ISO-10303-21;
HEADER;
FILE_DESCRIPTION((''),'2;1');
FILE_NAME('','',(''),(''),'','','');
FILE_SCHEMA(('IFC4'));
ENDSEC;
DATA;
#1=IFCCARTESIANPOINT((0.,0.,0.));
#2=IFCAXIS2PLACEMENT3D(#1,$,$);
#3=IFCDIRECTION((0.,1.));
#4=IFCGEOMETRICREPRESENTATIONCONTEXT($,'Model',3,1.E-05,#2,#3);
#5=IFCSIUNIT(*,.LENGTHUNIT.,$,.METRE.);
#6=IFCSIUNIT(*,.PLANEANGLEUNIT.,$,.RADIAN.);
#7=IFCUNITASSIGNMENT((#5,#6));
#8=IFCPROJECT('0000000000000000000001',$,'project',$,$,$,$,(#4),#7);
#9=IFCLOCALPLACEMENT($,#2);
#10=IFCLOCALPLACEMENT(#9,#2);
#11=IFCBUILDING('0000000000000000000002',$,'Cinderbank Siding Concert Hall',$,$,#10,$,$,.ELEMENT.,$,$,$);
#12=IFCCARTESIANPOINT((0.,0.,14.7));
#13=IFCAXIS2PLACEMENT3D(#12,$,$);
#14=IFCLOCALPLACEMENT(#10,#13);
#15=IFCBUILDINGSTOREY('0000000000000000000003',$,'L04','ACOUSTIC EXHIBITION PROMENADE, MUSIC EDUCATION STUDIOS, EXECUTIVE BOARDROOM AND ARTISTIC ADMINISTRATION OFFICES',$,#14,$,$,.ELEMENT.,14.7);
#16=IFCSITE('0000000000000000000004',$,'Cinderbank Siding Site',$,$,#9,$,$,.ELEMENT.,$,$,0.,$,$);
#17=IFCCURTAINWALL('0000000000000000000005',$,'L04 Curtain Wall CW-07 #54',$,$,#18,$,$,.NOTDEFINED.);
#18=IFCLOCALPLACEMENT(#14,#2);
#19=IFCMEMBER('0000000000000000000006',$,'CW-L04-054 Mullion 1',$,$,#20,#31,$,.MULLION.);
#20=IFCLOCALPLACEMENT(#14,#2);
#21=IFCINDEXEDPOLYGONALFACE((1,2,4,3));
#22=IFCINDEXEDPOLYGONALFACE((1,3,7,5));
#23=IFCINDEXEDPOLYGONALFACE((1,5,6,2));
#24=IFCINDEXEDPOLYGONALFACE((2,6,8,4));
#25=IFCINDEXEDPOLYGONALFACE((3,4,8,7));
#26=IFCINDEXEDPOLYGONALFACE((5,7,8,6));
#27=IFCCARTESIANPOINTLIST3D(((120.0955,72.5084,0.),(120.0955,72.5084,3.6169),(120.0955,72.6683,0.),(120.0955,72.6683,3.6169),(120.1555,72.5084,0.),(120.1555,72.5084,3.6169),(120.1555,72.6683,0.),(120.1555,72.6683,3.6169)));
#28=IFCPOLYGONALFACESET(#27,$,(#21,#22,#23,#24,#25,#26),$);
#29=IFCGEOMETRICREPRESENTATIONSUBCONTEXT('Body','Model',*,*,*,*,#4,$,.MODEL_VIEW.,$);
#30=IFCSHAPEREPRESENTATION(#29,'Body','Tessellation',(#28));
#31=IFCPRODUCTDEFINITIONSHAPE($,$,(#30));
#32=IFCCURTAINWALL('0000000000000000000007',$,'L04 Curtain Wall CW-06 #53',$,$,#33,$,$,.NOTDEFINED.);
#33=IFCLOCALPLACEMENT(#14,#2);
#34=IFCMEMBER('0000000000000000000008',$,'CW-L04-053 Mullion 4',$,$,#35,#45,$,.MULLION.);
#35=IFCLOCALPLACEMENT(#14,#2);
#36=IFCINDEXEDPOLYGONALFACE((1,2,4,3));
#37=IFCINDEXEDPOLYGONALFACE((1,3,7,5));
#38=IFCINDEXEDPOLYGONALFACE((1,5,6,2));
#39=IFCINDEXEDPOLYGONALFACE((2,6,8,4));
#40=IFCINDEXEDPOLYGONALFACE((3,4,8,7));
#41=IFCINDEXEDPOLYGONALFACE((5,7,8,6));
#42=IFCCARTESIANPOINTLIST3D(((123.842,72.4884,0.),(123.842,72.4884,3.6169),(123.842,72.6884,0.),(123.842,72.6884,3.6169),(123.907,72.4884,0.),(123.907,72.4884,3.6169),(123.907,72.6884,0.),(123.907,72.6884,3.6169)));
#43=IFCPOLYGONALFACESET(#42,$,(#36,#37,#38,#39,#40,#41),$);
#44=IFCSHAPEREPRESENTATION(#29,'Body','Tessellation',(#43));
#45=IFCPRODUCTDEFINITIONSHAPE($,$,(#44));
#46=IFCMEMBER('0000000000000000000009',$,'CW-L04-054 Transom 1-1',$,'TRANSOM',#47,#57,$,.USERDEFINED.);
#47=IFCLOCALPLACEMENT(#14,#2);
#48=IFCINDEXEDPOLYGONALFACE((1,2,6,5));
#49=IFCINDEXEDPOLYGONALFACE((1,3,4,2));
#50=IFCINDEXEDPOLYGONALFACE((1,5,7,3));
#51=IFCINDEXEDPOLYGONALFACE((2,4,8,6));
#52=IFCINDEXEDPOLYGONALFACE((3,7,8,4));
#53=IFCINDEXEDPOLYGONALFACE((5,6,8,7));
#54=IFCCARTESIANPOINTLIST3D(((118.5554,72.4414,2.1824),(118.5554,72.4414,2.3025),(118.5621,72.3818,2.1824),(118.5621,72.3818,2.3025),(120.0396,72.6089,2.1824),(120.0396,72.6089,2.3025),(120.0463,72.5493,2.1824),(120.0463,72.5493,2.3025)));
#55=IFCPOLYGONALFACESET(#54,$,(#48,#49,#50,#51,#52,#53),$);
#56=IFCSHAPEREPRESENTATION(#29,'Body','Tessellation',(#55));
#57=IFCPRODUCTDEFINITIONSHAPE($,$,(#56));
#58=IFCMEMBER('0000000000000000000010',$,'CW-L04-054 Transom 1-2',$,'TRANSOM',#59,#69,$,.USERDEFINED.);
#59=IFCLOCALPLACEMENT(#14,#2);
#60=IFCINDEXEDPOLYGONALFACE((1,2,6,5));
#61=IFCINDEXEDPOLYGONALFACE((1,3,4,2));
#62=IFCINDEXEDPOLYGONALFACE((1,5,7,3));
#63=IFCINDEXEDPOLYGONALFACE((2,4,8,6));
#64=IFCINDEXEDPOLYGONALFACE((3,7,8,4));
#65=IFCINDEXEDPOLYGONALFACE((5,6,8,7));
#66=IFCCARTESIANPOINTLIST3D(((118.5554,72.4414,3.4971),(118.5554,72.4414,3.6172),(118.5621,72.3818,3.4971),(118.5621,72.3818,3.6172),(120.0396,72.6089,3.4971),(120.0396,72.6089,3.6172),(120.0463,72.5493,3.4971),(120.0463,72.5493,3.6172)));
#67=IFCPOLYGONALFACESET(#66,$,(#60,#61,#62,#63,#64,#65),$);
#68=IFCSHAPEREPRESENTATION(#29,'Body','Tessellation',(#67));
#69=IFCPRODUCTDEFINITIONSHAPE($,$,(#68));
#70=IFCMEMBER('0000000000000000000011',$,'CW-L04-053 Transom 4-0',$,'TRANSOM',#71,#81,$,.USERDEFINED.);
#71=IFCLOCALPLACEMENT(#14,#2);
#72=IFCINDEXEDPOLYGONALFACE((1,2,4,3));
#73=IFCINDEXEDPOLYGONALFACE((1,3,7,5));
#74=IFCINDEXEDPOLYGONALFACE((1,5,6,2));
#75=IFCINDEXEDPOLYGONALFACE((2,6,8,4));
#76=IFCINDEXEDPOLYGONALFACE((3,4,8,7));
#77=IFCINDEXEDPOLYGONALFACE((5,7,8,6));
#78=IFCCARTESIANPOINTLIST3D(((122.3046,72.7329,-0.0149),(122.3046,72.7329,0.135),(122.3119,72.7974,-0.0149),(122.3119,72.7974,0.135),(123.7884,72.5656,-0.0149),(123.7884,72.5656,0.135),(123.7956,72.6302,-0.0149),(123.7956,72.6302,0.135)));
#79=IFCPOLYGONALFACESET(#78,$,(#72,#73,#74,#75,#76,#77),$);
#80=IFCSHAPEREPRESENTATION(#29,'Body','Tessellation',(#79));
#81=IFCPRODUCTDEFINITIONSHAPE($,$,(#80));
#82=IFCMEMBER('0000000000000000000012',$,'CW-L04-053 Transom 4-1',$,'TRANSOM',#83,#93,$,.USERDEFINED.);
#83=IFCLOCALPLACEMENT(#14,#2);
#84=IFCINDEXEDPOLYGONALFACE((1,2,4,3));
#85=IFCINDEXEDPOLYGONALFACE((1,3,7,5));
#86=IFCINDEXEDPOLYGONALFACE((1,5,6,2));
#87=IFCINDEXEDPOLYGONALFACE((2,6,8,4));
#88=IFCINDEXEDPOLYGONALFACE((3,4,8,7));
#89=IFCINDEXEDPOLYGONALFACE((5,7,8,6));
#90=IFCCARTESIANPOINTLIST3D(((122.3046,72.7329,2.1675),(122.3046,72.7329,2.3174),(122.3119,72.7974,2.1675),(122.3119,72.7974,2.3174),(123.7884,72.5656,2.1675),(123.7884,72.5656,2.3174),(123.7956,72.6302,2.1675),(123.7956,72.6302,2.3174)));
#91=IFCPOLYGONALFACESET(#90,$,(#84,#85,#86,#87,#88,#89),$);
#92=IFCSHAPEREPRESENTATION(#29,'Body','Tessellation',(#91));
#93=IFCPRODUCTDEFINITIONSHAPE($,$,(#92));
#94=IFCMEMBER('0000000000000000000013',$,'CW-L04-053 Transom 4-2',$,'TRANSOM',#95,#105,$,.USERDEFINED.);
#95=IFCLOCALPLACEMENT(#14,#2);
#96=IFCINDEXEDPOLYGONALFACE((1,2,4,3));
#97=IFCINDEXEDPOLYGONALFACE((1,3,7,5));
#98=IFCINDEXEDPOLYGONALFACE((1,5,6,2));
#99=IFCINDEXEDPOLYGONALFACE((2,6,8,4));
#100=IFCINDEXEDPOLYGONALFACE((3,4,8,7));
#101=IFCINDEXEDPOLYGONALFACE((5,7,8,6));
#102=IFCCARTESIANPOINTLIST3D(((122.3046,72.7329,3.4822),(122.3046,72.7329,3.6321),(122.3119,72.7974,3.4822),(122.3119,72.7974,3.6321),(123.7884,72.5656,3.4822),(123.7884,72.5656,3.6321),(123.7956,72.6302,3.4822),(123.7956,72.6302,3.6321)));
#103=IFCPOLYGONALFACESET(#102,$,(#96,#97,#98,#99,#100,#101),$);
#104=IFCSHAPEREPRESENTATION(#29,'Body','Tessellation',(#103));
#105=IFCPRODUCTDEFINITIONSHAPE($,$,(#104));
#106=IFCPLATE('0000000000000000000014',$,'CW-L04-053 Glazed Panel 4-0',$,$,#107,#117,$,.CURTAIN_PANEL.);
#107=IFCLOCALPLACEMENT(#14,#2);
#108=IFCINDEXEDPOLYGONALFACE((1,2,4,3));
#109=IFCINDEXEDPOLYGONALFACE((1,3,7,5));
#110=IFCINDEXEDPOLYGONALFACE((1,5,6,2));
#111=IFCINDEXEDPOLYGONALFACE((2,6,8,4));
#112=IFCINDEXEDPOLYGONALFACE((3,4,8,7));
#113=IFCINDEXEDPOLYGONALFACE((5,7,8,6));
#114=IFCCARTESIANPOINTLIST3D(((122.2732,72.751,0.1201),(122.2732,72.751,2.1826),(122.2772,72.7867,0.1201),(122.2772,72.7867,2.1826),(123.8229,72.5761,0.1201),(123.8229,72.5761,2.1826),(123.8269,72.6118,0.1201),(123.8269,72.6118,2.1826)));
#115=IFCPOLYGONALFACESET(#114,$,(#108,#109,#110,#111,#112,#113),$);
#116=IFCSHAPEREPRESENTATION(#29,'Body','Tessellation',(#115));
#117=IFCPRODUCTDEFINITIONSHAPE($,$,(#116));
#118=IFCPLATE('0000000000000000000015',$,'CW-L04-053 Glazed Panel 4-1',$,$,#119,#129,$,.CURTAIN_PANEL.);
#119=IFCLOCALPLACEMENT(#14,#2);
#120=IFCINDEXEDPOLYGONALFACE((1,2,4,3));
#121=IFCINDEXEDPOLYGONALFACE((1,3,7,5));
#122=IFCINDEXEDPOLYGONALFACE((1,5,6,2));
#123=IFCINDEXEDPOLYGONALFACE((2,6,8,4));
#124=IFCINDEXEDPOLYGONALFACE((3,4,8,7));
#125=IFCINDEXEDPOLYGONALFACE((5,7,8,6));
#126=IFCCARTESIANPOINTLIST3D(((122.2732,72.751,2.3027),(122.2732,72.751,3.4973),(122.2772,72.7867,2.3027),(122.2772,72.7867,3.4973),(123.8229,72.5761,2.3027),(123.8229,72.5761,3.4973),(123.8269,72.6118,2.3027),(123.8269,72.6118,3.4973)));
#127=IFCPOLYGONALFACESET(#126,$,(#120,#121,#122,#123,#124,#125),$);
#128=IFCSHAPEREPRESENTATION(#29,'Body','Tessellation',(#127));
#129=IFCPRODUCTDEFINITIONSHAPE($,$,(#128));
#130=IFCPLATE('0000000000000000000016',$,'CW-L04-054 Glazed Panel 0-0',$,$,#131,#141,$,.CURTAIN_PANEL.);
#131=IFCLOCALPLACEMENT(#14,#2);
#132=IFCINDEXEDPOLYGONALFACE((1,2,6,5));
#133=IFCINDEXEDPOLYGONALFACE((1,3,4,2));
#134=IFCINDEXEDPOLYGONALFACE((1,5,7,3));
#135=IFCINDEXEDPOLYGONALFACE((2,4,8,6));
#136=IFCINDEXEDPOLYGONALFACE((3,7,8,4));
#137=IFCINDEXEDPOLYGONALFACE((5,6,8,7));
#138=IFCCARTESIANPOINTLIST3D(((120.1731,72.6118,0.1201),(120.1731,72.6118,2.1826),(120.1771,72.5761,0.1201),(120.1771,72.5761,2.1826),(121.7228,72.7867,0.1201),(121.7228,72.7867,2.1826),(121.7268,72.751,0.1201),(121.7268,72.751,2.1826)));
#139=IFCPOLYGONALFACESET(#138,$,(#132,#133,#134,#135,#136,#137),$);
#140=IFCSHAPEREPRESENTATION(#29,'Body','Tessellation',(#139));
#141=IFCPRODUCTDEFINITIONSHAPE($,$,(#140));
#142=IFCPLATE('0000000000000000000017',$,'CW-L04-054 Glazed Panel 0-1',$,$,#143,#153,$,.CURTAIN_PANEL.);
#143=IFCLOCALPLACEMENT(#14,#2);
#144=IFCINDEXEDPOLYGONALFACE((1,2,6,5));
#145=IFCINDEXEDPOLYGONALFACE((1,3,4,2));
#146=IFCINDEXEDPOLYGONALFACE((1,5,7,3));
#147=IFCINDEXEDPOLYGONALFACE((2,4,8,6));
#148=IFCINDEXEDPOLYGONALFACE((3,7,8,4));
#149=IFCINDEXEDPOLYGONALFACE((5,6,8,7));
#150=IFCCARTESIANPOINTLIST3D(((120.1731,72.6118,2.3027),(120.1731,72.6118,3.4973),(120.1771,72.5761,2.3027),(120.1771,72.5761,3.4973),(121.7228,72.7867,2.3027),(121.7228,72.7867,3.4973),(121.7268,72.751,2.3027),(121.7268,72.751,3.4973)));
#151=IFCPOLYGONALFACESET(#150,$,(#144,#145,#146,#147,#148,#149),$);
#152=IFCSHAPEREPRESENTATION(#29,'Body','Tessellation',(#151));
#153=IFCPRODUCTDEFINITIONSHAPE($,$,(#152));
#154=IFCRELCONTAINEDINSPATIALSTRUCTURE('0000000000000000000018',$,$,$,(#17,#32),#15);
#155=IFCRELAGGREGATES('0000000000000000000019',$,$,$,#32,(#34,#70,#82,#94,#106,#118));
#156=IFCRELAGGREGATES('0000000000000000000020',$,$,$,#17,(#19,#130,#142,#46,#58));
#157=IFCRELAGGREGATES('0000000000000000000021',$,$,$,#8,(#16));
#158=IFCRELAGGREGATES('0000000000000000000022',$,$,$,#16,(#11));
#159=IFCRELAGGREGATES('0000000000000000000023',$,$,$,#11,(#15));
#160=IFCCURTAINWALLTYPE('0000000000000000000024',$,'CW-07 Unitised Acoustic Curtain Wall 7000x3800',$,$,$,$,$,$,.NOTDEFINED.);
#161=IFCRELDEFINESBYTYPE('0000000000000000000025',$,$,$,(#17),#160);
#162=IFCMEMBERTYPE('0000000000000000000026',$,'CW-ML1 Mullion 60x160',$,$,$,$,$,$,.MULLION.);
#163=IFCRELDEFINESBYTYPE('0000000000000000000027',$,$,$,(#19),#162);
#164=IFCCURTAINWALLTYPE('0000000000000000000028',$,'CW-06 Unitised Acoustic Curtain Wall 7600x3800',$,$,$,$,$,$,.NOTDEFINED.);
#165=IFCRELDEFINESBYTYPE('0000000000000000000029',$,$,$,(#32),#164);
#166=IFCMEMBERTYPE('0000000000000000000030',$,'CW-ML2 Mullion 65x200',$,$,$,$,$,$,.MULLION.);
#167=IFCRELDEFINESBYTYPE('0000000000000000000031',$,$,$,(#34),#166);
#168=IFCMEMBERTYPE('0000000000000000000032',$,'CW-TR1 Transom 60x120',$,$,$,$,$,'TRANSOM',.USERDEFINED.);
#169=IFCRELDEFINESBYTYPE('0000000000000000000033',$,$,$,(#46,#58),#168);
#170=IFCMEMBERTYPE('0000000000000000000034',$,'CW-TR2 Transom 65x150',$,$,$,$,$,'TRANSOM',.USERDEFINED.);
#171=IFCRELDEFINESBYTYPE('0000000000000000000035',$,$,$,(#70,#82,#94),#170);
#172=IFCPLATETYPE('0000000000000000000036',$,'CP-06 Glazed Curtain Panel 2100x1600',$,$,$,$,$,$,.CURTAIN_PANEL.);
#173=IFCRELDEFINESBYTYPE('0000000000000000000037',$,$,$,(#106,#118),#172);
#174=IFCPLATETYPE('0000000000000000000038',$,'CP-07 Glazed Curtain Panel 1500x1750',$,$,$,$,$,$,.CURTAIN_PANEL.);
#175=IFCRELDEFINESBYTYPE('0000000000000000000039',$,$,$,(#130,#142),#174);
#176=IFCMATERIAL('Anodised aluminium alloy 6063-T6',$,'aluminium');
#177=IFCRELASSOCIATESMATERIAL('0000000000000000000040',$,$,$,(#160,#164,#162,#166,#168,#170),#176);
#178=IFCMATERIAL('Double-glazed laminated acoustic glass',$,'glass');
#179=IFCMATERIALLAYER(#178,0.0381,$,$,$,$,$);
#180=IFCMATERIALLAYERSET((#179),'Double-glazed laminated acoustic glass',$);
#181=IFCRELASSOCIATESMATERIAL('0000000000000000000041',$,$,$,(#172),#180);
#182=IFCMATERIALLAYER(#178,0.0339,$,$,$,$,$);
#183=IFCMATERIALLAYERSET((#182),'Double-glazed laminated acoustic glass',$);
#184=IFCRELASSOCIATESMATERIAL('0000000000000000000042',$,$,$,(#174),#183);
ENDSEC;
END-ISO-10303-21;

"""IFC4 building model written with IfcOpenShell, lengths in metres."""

from ifc_helpers import new_model, si_unit, direction, frame, origin, origin_2d, place, context, subcontext, project, spatial, rectangle, extrude, material, layer, layer_set, material_profile, profile_set, type_object, element, aggregate, save


model = new_model("IFC4")

# Units and contexts
model_context = context("Model", 3, precision=1e-05, world=origin(), true_north=direction((0.0, 1.0)))
body_context = subcontext(model_context, "Body", "Model", "MODEL_VIEW")
ifc_project = project(units=[si_unit("LENGTHUNIT", "METRE"), si_unit("PLANEANGLEUNIT", "RADIAN")], contexts=[model_context])

# Site, building, storey
site_placement = place(None, origin())
site = spatial("IfcSite", under=ifc_project, at=site_placement, Name="Cinderbank Siding Site", CompositionType="ELEMENT", RefElevation=0.0)
building_placement = place(site_placement, origin())
building = spatial("IfcBuilding", under=site, at=building_placement, Name="Cinderbank Siding Concert Hall", CompositionType="ELEMENT")
storey_placement = place(building_placement, frame((0.0, 0.0, 14.7)))
storey = spatial("IfcBuildingStorey", under=building, at=storey_placement, Name="L04", Description="ACOUSTIC EXHIBITION PROMENADE, MUSIC EDUCATION STUDIOS, EXECUTIVE BOARDROOM AND ARTISTIC ADMINISTRATION OFFICES", CompositionType="ELEMENT", Elevation=14.7)

# Curtain walls, members
ifc_material_1 = material(Name="Anodised aluminium alloy 6063-T6", Category="aluminium")
curtain_wall_type_1 = type_object("IfcCurtainWallType", Name="CW-07 Unitised Acoustic Curtain Wall 7000x3800", PredefinedType="NOTDEFINED", material=ifc_material_1)
curtain_wall_1_placement = place(storey_placement, origin())
curtain_wall_1 = element("IfcCurtainWall", 1, at=curtain_wall_1_placement, inside=storey, type_object=curtain_wall_type_1, Name="L04 Curtain Wall CW-07 #54", PredefinedType="NOTDEFINED")
ifc_material_profile_1 = material_profile(ifc_material_1, rectangle(XDim=0.0601, YDim=0.1599, at=origin_2d()), Name="ALU-MULL-60x160", Category="LoadBearing")
ifc_profile_set_1 = profile_set([ifc_material_profile_1], Name="Anodised aluminium alloy 6063-T6")
member_type_1 = type_object("IfcMemberType", Name="CW-ML1 Mullion 60x160", PredefinedType="MULLION", material=ifc_profile_set_1)
member_1_placement = place(storey_placement, frame((120.1255, 72.5884, 0.0), z_axis=(0.0, 0.0, 1.0), x_axis=(1.0, 0.0, 0.0)))
member_1 = element("IfcMember", 2, at=member_1_placement, type_object=member_type_1, Name="CW-L04-054 Mullion 1", PredefinedType="MULLION", context=body_context, shape_type="SweptSolid", body=[
    extrude(rectangle(XDim=0.0601, YDim=0.1599, at=origin_2d()), origin(), (0.0, 0.0, 1.0), 3.6169),
])
curtain_wall_type_2 = type_object("IfcCurtainWallType", Name="CW-06 Unitised Acoustic Curtain Wall 7600x3800", PredefinedType="NOTDEFINED", material=ifc_material_1)
curtain_wall_2_placement = place(storey_placement, origin())
curtain_wall_2 = element("IfcCurtainWall", 3, at=curtain_wall_2_placement, inside=storey, type_object=curtain_wall_type_2, Name="L04 Curtain Wall CW-06 #53", PredefinedType="NOTDEFINED")
ifc_material_profile_2 = material_profile(ifc_material_1, rectangle(XDim=0.0649, YDim=0.2, at=origin_2d()), Name="ALU-MULL-65x200", Category="LoadBearing")
ifc_profile_set_2 = profile_set([ifc_material_profile_2], Name="Anodised aluminium alloy 6063-T6")
member_type_2 = type_object("IfcMemberType", Name="CW-ML2 Mullion 65x200", PredefinedType="MULLION", material=ifc_profile_set_2)
member_2_placement = place(storey_placement, frame((123.8745, 72.5884, 0.0), z_axis=(0.0, 0.0, 1.0), x_axis=(1.0, 0.0, 0.0)))
member_2 = element("IfcMember", 4, at=member_2_placement, type_object=member_type_2, Name="CW-L04-053 Mullion 4", PredefinedType="MULLION", context=body_context, shape_type="SweptSolid", body=[
    extrude(rectangle(XDim=0.0649, YDim=0.2, at=origin_2d()), origin(), (0.0, 0.0, 1.0), 3.6169),
])

# Members
ifc_material_profile_3 = material_profile(ifc_material_1, rectangle(XDim=0.0601, YDim=0.1201, at=origin_2d()), Name="ALU-TRAN-60x120", Category="LoadBearing")
ifc_profile_set_3 = profile_set([ifc_material_profile_3], Name="Anodised aluminium alloy 6063-T6")
member_type_3 = type_object("IfcMemberType", Name="CW-TR1 Transom 60x120", ElementType="TRANSOM", PredefinedType="USERDEFINED", material=ifc_profile_set_3)
member_3_placement = place(storey_placement, frame((120.043, 72.5791, 2.2424), z_axis=(-0.993693, -0.112136, 0.0), x_axis=(0.112136, -0.993693, 0.0)))
member_3 = element("IfcMember", 5, at=member_3_placement, type_object=member_type_3, Name="CW-L04-054 Transom 1-1", ObjectType="TRANSOM", PredefinedType="USERDEFINED", context=body_context, shape_type="SweptSolid", body=[
    extrude(rectangle(XDim=0.0601, YDim=0.1201, at=origin_2d()), origin(), (0.0, 0.0, 1.0), 1.4937),
])
member_4_placement = place(storey_placement, frame((120.043, 72.5791, 3.5571), z_axis=(-0.993693, -0.112136, 0.0), x_axis=(0.112136, -0.993693, 0.0)))
member_4 = element("IfcMember", 6, at=member_4_placement, type_object=member_type_3, Name="CW-L04-054 Transom 1-2", ObjectType="TRANSOM", PredefinedType="USERDEFINED", context=body_context, shape_type="SweptSolid", body=[
    extrude(rectangle(XDim=0.0601, YDim=0.1201, at=origin_2d()), origin(), (0.0, 0.0, 1.0), 1.4937),
])
ifc_material_profile_4 = material_profile(ifc_material_1, rectangle(XDim=0.0649, YDim=0.1499, at=origin_2d()), Name="ALU-TRAN-65x150", Category="LoadBearing")
ifc_profile_set_4 = profile_set([ifc_material_profile_4], Name="Anodised aluminium alloy 6063-T6")
member_type_4 = type_object("IfcMemberType", Name="CW-TR2 Transom 65x150", ElementType="TRANSOM", PredefinedType="USERDEFINED", material=ifc_profile_set_4)
member_5_placement = place(storey_placement, frame((123.792, 72.5979, 0.0601), z_axis=(-0.993709, 0.111993, 0.0), x_axis=(-0.111993, -0.993709, 0.0)))
member_5 = element("IfcMember", 7, at=member_5_placement, type_object=member_type_4, Name="CW-L04-053 Transom 4-0", ObjectType="TRANSOM", PredefinedType="USERDEFINED", context=body_context, shape_type="SweptSolid", body=[
    extrude(rectangle(XDim=0.0649, YDim=0.1499, at=origin_2d()), origin(), (0.0, 0.0, 1.0), 1.4932),
])
member_6_placement = place(storey_placement, frame((123.792, 72.5979, 2.2424), z_axis=(-0.993709, 0.111993, 0.0), x_axis=(-0.111993, -0.993709, 0.0)))
member_6 = element("IfcMember", 8, at=member_6_placement, type_object=member_type_4, Name="CW-L04-053 Transom 4-1", ObjectType="TRANSOM", PredefinedType="USERDEFINED", context=body_context, shape_type="SweptSolid", body=[
    extrude(rectangle(XDim=0.0649, YDim=0.1499, at=origin_2d()), origin(), (0.0, 0.0, 1.0), 1.4932),
])
member_7_placement = place(storey_placement, frame((123.792, 72.5979, 3.5571), z_axis=(-0.993709, 0.111993, 0.0), x_axis=(-0.111993, -0.993709, 0.0)))
member_7 = element("IfcMember", 9, at=member_7_placement, type_object=member_type_4, Name="CW-L04-053 Transom 4-2", ObjectType="TRANSOM", PredefinedType="USERDEFINED", context=body_context, shape_type="SweptSolid", body=[
    extrude(rectangle(XDim=0.0649, YDim=0.1499, at=origin_2d()), origin(), (0.0, 0.0, 1.0), 1.4932),
])

# Plates
ifc_material_2 = material(Name="Double-glazed laminated acoustic glass", Category="glass")
ifc_layer_1 = layer(ifc_material_2, 0.0381)
ifc_layer_set_1 = layer_set([ifc_layer_1], Name="Double-glazed laminated acoustic glass")
plate_type_1 = type_object("IfcPlateType", Name="CP-06 Glazed Curtain Panel 2100x1600", PredefinedType="CURTAIN_PANEL", material=ifc_layer_set_1)
plate_1_placement = place(storey_placement, frame((123.05, 72.6814, 0.1201), z_axis=(0.0, 0.0, 1.0), x_axis=(-0.993694, 0.112129, 0.0)))
plate_1 = element("IfcPlate", 10, at=plate_1_placement, type_object=plate_type_1, Name="CW-L04-053 Glazed Panel 4-0", PredefinedType="CURTAIN_PANEL", context=body_context, shape_type="SweptSolid", body=[
    extrude(rectangle(XDim=1.5596, YDim=0.0359, at=origin_2d()), origin(), (0.0, 0.0, 1.0), 2.0625),
])
plate_2_placement = place(storey_placement, frame((123.05, 72.6814, 2.3027), z_axis=(0.0, 0.0, 1.0), x_axis=(-0.993694, 0.112129, 0.0)))
plate_2 = element("IfcPlate", 11, at=plate_2_placement, type_object=plate_type_1, Name="CW-L04-053 Glazed Panel 4-1", PredefinedType="CURTAIN_PANEL", context=body_context, shape_type="SweptSolid", body=[
    extrude(rectangle(XDim=1.5596, YDim=0.0359, at=origin_2d()), origin(), (0.0, 0.0, 1.0), 1.1946),
])
aggregate(curtain_wall_2, [member_2, member_5, member_6, member_7, plate_1, plate_2])
ifc_layer_2 = layer(ifc_material_2, 0.0339)
ifc_layer_set_2 = layer_set([ifc_layer_2], Name="Double-glazed laminated acoustic glass")
plate_type_2 = type_object("IfcPlateType", Name="CP-07 Glazed Curtain Panel 1500x1750", PredefinedType="CURTAIN_PANEL", material=ifc_layer_set_2)
plate_3_placement = place(storey_placement, frame((120.95, 72.6814, 0.1201), z_axis=(0.0, 0.0, 1.0), x_axis=(-0.993694, -0.112129, 0.0)))
plate_3 = element("IfcPlate", 12, at=plate_3_placement, type_object=plate_type_2, Name="CW-L04-054 Glazed Panel 0-0", PredefinedType="CURTAIN_PANEL", context=body_context, shape_type="SweptSolid", body=[
    extrude(rectangle(XDim=1.5596, YDim=0.0359, at=origin_2d()), origin(), (0.0, 0.0, 1.0), 2.0625),
])
plate_4_placement = place(storey_placement, frame((120.95, 72.6814, 2.3027), z_axis=(0.0, 0.0, 1.0), x_axis=(-0.993694, -0.112129, 0.0)))
plate_4 = element("IfcPlate", 13, at=plate_4_placement, type_object=plate_type_2, Name="CW-L04-054 Glazed Panel 0-1", PredefinedType="CURTAIN_PANEL", context=body_context, shape_type="SweptSolid", body=[
    extrude(rectangle(XDim=1.5596, YDim=0.0359, at=origin_2d()), origin(), (0.0, 0.0, 1.0), 1.1946),
])
aggregate(curtain_wall_1, [member_1, plate_3, plate_4, member_3, member_4])

save(model, "model.ifc")
